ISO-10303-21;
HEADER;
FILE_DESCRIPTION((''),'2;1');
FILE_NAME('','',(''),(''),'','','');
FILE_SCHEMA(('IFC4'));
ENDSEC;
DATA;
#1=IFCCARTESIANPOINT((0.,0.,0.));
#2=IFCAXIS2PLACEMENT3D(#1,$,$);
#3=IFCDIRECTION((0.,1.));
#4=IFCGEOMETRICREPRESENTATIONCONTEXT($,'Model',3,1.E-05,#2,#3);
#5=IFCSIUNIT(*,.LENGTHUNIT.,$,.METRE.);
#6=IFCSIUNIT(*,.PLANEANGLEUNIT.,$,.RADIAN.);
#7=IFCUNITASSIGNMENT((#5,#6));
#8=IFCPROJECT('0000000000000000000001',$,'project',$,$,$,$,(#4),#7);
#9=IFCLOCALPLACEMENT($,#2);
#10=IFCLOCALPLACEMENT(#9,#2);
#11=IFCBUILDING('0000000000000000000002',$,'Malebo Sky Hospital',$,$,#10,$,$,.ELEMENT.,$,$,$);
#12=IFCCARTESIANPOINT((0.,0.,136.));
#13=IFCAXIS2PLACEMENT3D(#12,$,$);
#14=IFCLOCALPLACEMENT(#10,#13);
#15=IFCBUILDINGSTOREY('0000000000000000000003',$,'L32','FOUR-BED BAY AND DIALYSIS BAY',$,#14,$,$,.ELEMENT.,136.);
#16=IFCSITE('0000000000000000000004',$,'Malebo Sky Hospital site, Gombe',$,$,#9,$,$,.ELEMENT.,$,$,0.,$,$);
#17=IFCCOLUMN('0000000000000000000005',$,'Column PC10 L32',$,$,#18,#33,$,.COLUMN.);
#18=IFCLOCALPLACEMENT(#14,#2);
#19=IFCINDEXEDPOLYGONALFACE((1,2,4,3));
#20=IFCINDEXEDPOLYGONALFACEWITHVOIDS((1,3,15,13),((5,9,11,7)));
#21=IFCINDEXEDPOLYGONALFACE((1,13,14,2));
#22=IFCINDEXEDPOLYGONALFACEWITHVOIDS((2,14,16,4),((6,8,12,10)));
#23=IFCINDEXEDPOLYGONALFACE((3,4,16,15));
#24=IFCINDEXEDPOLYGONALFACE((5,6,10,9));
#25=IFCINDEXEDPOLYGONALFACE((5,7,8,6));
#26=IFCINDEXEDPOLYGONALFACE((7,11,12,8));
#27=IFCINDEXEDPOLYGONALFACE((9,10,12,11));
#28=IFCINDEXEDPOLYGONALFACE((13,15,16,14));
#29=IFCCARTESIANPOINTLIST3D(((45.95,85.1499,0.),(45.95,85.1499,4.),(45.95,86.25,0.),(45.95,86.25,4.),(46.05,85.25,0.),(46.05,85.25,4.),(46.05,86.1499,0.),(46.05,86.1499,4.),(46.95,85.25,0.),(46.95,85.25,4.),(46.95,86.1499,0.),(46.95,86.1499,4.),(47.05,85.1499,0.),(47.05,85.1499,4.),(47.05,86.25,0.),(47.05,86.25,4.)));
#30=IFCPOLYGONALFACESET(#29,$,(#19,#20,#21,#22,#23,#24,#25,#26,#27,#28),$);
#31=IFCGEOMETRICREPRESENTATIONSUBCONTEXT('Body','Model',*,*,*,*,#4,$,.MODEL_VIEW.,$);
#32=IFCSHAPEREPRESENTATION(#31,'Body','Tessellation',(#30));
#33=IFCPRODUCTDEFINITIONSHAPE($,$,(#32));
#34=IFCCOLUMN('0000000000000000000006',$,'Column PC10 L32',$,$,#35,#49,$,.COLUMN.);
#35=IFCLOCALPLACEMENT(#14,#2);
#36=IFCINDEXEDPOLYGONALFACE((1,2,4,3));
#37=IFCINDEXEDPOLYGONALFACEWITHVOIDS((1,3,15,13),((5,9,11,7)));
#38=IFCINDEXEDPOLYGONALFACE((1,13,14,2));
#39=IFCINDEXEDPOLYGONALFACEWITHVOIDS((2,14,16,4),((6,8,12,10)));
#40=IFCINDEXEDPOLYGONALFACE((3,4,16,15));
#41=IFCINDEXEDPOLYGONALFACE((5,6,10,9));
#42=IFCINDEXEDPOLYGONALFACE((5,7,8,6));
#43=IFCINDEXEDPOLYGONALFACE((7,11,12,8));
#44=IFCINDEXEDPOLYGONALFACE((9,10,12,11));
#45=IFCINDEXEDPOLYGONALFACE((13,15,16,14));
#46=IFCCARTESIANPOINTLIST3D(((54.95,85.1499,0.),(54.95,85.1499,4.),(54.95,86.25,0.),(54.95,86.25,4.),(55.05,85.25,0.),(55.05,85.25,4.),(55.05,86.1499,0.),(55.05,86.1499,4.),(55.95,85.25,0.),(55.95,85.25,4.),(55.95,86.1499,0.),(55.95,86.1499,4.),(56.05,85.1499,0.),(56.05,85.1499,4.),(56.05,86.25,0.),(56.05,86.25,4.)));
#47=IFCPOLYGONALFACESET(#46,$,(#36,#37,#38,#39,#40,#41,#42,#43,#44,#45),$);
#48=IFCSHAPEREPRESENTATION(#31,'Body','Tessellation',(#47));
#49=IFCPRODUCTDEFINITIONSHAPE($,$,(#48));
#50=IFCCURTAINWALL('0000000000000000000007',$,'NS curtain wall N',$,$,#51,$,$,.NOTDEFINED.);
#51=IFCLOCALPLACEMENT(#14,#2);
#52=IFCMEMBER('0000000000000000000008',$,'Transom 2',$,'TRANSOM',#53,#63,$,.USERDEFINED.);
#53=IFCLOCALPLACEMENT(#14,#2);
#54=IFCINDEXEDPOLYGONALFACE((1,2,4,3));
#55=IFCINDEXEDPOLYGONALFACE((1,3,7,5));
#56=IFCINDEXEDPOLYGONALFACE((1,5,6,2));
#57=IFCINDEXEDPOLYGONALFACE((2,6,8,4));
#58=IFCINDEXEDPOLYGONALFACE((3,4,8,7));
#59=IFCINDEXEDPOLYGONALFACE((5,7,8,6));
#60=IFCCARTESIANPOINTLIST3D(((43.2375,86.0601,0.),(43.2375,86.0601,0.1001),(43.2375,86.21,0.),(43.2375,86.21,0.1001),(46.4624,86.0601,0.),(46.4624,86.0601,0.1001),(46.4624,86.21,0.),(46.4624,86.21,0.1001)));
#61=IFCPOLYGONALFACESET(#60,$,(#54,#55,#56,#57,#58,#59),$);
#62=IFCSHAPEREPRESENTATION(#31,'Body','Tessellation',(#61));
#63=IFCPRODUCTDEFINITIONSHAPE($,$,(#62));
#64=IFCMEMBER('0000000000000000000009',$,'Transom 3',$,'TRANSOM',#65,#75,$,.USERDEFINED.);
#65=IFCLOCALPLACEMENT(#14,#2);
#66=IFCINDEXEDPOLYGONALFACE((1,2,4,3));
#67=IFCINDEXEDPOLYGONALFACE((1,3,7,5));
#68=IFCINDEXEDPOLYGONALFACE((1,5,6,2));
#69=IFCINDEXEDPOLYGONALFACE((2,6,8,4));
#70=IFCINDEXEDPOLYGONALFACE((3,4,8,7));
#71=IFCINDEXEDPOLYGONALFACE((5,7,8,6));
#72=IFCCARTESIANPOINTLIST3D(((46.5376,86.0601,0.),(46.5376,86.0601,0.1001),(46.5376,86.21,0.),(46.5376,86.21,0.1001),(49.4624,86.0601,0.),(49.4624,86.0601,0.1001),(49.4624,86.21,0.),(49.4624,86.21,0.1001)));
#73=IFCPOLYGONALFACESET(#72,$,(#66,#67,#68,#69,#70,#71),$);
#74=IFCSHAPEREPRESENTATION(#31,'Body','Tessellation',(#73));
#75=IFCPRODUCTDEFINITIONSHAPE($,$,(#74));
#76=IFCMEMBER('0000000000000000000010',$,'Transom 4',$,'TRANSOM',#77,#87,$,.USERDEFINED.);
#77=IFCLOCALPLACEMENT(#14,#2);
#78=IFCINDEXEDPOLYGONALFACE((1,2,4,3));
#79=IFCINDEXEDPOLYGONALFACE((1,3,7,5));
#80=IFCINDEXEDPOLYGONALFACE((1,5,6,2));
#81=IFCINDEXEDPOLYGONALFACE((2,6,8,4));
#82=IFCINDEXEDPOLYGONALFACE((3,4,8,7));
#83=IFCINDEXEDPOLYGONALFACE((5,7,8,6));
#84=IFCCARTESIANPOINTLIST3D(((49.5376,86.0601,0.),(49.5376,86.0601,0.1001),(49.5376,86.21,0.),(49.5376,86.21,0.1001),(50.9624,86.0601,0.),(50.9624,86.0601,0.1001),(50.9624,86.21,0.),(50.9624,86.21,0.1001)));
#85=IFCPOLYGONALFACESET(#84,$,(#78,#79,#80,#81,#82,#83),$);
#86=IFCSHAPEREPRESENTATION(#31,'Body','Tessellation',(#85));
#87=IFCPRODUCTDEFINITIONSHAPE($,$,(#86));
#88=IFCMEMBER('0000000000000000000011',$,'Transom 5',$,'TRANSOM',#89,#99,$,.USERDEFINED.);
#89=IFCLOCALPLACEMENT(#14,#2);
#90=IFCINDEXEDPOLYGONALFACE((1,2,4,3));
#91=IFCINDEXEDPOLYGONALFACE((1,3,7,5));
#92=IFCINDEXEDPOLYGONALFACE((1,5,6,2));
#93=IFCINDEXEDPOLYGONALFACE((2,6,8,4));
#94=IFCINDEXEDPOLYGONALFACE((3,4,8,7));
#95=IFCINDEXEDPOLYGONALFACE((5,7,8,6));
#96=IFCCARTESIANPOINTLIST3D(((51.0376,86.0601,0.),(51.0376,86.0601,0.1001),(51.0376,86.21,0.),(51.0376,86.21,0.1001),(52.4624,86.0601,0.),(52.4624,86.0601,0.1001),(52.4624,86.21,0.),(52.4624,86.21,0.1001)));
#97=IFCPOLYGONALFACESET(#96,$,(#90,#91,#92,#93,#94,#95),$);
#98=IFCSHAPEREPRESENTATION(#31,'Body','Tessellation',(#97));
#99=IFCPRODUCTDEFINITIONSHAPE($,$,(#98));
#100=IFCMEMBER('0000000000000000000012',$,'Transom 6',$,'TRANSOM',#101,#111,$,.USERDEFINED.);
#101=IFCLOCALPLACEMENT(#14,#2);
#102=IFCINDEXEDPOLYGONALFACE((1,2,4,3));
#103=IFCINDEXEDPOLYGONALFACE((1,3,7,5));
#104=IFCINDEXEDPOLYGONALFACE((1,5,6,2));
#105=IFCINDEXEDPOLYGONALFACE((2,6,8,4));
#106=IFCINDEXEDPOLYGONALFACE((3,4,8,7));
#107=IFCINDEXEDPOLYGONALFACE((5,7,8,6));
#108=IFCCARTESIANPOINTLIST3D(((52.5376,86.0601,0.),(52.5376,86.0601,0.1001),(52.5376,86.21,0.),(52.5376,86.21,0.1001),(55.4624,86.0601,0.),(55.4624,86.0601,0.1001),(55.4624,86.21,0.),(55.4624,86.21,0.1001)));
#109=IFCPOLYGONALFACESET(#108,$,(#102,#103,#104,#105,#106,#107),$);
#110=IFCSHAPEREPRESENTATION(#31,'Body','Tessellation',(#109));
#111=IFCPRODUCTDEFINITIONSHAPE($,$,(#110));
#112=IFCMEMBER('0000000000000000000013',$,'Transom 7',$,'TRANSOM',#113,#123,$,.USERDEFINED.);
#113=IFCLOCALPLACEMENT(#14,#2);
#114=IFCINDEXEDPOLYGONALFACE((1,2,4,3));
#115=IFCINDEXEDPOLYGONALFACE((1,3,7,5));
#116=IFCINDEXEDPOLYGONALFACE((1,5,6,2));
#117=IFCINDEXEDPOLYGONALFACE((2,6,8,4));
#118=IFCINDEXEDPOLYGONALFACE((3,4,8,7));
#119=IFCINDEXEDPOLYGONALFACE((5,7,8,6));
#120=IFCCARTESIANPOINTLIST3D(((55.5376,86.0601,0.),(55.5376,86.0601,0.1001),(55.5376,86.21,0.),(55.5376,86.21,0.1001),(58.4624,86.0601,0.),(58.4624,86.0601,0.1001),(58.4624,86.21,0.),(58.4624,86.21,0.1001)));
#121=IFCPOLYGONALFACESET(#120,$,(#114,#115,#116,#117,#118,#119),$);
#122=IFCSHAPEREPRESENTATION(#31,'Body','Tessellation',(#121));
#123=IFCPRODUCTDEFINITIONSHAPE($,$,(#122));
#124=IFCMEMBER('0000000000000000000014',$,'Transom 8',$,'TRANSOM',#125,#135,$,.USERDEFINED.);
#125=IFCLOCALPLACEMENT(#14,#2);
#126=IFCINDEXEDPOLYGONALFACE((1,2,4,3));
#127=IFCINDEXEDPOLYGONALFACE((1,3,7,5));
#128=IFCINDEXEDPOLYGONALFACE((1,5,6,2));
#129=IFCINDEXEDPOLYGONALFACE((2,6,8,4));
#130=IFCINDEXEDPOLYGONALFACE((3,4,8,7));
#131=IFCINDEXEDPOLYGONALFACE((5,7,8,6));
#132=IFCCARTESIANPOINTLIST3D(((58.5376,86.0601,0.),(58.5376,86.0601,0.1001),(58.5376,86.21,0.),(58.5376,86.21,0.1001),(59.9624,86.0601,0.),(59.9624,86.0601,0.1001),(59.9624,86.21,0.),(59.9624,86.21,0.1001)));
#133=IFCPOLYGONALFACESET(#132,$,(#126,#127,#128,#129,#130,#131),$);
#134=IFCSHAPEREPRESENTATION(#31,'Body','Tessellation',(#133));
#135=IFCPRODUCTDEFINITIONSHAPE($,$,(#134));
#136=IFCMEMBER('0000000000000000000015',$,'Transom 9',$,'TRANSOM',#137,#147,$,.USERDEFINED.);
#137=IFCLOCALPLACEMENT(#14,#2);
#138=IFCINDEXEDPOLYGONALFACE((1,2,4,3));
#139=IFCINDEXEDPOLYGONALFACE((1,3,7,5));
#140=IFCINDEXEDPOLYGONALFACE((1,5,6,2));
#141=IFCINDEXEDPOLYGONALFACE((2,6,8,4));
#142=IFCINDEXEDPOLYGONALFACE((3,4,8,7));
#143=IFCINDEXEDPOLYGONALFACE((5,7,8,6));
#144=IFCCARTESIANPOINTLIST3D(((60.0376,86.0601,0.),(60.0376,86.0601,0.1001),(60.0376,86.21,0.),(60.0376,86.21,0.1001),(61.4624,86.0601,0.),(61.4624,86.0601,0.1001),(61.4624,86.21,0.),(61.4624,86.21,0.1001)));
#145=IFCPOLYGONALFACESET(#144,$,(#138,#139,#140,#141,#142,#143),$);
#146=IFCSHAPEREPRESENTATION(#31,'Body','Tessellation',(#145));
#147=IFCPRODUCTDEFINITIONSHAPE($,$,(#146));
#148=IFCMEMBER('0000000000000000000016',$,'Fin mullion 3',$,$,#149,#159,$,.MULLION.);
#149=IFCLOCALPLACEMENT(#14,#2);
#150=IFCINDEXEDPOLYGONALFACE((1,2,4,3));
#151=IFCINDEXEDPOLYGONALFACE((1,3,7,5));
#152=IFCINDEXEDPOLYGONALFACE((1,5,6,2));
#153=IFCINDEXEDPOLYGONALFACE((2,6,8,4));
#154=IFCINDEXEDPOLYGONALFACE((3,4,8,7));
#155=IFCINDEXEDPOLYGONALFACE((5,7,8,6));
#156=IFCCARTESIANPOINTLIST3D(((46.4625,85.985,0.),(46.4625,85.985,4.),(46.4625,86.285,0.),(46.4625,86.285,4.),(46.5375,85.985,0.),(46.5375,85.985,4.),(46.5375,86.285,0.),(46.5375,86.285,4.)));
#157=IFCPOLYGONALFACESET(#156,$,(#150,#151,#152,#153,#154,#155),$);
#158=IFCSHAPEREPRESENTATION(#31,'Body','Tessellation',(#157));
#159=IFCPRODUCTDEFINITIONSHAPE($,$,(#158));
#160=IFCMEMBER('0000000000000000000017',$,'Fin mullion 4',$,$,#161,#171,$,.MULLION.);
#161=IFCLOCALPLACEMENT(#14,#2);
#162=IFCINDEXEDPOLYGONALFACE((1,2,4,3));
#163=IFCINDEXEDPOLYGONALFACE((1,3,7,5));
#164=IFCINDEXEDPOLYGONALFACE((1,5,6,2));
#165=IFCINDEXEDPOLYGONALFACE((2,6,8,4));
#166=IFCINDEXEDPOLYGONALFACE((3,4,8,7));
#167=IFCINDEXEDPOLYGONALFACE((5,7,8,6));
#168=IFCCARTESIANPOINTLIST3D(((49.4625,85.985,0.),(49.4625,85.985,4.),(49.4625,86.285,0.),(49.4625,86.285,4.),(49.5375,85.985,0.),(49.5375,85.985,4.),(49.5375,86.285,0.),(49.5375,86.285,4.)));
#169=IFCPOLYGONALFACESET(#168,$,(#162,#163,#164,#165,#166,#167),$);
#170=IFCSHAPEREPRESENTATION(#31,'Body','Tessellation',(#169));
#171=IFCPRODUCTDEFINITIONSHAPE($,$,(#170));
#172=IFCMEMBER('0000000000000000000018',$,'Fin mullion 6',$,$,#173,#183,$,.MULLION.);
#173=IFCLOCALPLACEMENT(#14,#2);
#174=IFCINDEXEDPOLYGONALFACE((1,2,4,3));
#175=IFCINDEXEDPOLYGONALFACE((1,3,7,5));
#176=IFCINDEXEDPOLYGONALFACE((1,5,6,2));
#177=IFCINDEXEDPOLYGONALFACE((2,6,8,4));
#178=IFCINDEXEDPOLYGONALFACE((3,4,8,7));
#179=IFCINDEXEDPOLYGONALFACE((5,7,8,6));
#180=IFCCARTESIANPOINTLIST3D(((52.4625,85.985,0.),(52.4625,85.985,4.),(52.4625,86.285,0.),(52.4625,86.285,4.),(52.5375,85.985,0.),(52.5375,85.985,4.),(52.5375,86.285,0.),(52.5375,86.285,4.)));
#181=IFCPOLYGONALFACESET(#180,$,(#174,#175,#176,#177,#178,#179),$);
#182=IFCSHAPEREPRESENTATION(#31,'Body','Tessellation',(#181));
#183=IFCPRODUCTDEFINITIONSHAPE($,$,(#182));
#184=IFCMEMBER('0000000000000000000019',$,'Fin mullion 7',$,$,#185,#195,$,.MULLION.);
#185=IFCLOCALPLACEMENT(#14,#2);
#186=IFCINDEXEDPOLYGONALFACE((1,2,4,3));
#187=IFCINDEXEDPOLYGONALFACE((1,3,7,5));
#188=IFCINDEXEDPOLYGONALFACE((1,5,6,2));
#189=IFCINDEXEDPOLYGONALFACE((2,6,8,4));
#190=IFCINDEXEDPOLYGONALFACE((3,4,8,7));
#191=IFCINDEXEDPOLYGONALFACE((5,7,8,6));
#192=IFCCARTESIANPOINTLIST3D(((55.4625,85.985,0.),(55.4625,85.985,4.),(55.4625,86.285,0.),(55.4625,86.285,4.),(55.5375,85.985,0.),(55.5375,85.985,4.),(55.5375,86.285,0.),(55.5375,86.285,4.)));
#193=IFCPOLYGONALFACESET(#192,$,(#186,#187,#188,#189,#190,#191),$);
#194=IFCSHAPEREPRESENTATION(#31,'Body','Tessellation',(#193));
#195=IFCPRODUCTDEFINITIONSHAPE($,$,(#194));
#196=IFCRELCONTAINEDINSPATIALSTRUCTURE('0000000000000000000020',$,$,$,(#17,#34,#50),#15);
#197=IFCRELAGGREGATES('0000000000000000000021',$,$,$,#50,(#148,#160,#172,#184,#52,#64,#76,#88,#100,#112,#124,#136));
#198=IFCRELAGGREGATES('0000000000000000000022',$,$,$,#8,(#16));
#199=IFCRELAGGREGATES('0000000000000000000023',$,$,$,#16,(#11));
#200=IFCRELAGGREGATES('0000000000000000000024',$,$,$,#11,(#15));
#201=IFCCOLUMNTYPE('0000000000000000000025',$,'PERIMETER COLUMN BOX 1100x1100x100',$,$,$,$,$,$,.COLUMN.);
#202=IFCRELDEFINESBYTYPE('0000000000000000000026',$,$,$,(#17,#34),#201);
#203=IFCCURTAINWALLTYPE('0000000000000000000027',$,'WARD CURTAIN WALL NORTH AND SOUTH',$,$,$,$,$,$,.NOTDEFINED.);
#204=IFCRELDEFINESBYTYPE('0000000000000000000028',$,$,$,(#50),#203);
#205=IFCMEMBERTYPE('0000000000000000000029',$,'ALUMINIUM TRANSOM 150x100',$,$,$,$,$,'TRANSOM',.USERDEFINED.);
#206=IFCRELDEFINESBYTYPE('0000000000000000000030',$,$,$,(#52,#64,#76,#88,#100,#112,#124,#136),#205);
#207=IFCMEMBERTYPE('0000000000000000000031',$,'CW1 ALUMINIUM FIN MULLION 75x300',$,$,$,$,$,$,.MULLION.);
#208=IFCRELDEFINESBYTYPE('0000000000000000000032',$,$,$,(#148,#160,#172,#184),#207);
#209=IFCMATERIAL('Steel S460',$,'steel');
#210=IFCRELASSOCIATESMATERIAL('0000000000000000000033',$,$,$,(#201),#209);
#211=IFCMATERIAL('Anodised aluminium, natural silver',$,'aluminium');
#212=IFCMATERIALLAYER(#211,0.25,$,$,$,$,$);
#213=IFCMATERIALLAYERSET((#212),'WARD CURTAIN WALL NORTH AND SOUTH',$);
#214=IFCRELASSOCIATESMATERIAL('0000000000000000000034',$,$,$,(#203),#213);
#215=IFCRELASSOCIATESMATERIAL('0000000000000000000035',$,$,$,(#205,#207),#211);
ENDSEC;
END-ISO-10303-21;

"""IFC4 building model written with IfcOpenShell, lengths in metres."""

from ifc_helpers import new_model, si_unit, direction, frame, origin, origin_2d, place, context, subcontext, project, spatial, rectangle, hollow_rectangle, extrude, material, layer, layer_set, material_profile, profile_set, type_object, element, aggregate, save


model = new_model("IFC4")

# Units and contexts
model_context = context("Model", 3, precision=1e-05, world=origin(), true_north=direction((0.0, 1.0)))
body_context = subcontext(model_context, "Body", "Model", "MODEL_VIEW")
ifc_project = project(units=[si_unit("LENGTHUNIT", "METRE"), si_unit("PLANEANGLEUNIT", "RADIAN")], contexts=[model_context])

# Site, building, storey
site_placement = place(None, origin())
site = spatial("IfcSite", under=ifc_project, at=site_placement, Name="Malebo Sky Hospital site, Gombe", CompositionType="ELEMENT", RefElevation=0.0)
building_placement = place(site_placement, origin())
building = spatial("IfcBuilding", under=site, at=building_placement, Name="Malebo Sky Hospital", CompositionType="ELEMENT")
storey_placement = place(building_placement, frame((0.0, 0.0, 136.0)))
storey = spatial("IfcBuildingStorey", under=building, at=storey_placement, Name="L32", Description="FOUR-BED BAY AND DIALYSIS BAY", CompositionType="ELEMENT", Elevation=136.0)

# Columns
ifc_material_1 = material(Name="Steel S460", Category="steel")
ifc_material_profile_1 = material_profile(ifc_material_1, hollow_rectangle(XDim=1.1001, YDim=1.1001, WallThickness=0.1001, at=origin_2d()), Name="BOX 1100x1100x100")
ifc_profile_set_1 = profile_set([ifc_material_profile_1], Name="Steel S460")
column_type = type_object("IfcColumnType", Name="PERIMETER COLUMN BOX 1100x1100x100", PredefinedType="COLUMN", material=ifc_profile_set_1)
for number, where, z_axis, x_axis, name in (
    (1, (46.5, 85.7, 0.0), (0.0, 0.0, 1.0), (1.0, 0.0, 0.0), "Column PC10 L32"),
    (2, (55.5, 85.7, 0.0), (0.0, 0.0, 1.0), (1.0, 0.0, 0.0), "Column PC10 L32"),
):
    element("IfcColumn", number, at=place(storey_placement, frame(where, z_axis=z_axis, x_axis=x_axis)), inside=storey, type_object=column_type, Name=name, PredefinedType="COLUMN", context=body_context, shape_type="SweptSolid", body=[
        extrude(hollow_rectangle(XDim=1.1001, YDim=1.1001, WallThickness=0.1001, at=origin_2d()), origin(), (0.0, 0.0, 1.0), 4.0),
    ])

# Curtain wall, members
ifc_material_2 = material(Name="Anodised aluminium, natural silver", Category="aluminium")
ifc_layer_1 = layer(ifc_material_2, 0.25)
ifc_layer_set_1 = layer_set([ifc_layer_1], Name="WARD CURTAIN WALL NORTH AND SOUTH")
curtain_wall_type = type_object("IfcCurtainWallType", Name="WARD CURTAIN WALL NORTH AND SOUTH", PredefinedType="NOTDEFINED", material=ifc_layer_set_1)
curtain_wall_placement = place(storey_placement, origin())
curtain_wall = element("IfcCurtainWall", 3, at=curtain_wall_placement, inside=storey, type_object=curtain_wall_type, Name="NS curtain wall N", PredefinedType="NOTDEFINED")
ifc_material_profile_2 = material_profile(ifc_material_2, rectangle(XDim=0.1499, YDim=0.1001, at=origin_2d()), Name="ALUMINIUM TRANSOM 150x100")
ifc_profile_set_2 = profile_set([ifc_material_profile_2], Name="Anodised aluminium, natural silver")
member_type_1 = type_object("IfcMemberType", Name="ALUMINIUM TRANSOM 150x100", ElementType="TRANSOM", PredefinedType="USERDEFINED", material=ifc_profile_set_2)
member_1_placement = place(storey_placement, frame((43.2375, 86.135, 0.05), z_axis=(1.0, 0.0, 0.0), x_axis=(0.0, 1.0, 0.0)))
member_1 = element("IfcMember", 4, at=member_1_placement, type_object=member_type_1, Name="Transom 2", ObjectType="TRANSOM", PredefinedType="USERDEFINED", context=body_context, shape_type="SweptSolid", body=[
    extrude(rectangle(XDim=0.1499, YDim=0.1001, at=origin_2d()), origin(), (0.0, 0.0, 1.0), 3.2249),
])
member_2_placement = place(storey_placement, frame((46.5376, 86.135, 0.05), z_axis=(1.0, 0.0, 0.0), x_axis=(0.0, 1.0, 0.0)))
member_2 = element("IfcMember", 5, at=member_2_placement, type_object=member_type_1, Name="Transom 3", ObjectType="TRANSOM", PredefinedType="USERDEFINED", context=body_context, shape_type="SweptSolid", body=[
    extrude(rectangle(XDim=0.1499, YDim=0.1001, at=origin_2d()), origin(), (0.0, 0.0, 1.0), 2.9248),
])
member_3_placement = place(storey_placement, frame((49.5376, 86.135, 0.05), z_axis=(1.0, 0.0, 0.0), x_axis=(0.0, 1.0, 0.0)))
member_3 = element("IfcMember", 6, at=member_3_placement, type_object=member_type_1, Name="Transom 4", ObjectType="TRANSOM", PredefinedType="USERDEFINED", context=body_context, shape_type="SweptSolid", body=[
    extrude(rectangle(XDim=0.1499, YDim=0.1001, at=origin_2d()), origin(), (0.0, 0.0, 1.0), 1.4248),
])
member_4_placement = place(storey_placement, frame((51.0376, 86.135, 0.05), z_axis=(1.0, 0.0, 0.0), x_axis=(0.0, 1.0, 0.0)))
member_4 = element("IfcMember", 7, at=member_4_placement, type_object=member_type_1, Name="Transom 5", ObjectType="TRANSOM", PredefinedType="USERDEFINED", context=body_context, shape_type="SweptSolid", body=[
    extrude(rectangle(XDim=0.1499, YDim=0.1001, at=origin_2d()), origin(), (0.0, 0.0, 1.0), 1.4248),
])
member_5_placement = place(storey_placement, frame((52.5376, 86.135, 0.05), z_axis=(1.0, 0.0, 0.0), x_axis=(0.0, 1.0, 0.0)))
member_5 = element("IfcMember", 8, at=member_5_placement, type_object=member_type_1, Name="Transom 6", ObjectType="TRANSOM", PredefinedType="USERDEFINED", context=body_context, shape_type="SweptSolid", body=[
    extrude(rectangle(XDim=0.1499, YDim=0.1001, at=origin_2d()), origin(), (0.0, 0.0, 1.0), 2.9248),
])
member_6_placement = place(storey_placement, frame((55.5376, 86.135, 0.05), z_axis=(1.0, 0.0, 0.0), x_axis=(0.0, 1.0, 0.0)))
member_6 = element("IfcMember", 9, at=member_6_placement, type_object=member_type_1, Name="Transom 7", ObjectType="TRANSOM", PredefinedType="USERDEFINED", context=body_context, shape_type="SweptSolid", body=[
    extrude(rectangle(XDim=0.1499, YDim=0.1001, at=origin_2d()), origin(), (0.0, 0.0, 1.0), 2.9248),
])
member_7_placement = place(storey_placement, frame((58.5376, 86.135, 0.05), z_axis=(1.0, 0.0, 0.0), x_axis=(0.0, 1.0, 0.0)))
member_7 = element("IfcMember", 10, at=member_7_placement, type_object=member_type_1, Name="Transom 8", ObjectType="TRANSOM", PredefinedType="USERDEFINED", context=body_context, shape_type="SweptSolid", body=[
    extrude(rectangle(XDim=0.1499, YDim=0.1001, at=origin_2d()), origin(), (0.0, 0.0, 1.0), 1.4248),
])
member_8_placement = place(storey_placement, frame((60.0376, 86.135, 0.05), z_axis=(1.0, 0.0, 0.0), x_axis=(0.0, 1.0, 0.0)))
member_8 = element("IfcMember", 11, at=member_8_placement, type_object=member_type_1, Name="Transom 9", ObjectType="TRANSOM", PredefinedType="USERDEFINED", context=body_context, shape_type="SweptSolid", body=[
    extrude(rectangle(XDim=0.1499, YDim=0.1001, at=origin_2d()), origin(), (0.0, 0.0, 1.0), 1.4248),
])
ifc_material_profile_3 = material_profile(ifc_material_2, rectangle(XDim=0.075, YDim=0.3, at=origin_2d()), Name="CW1 ALUMINIUM FIN MULLION 75x300")
ifc_profile_set_3 = profile_set([ifc_material_profile_3], Name="Anodised aluminium, natural silver")
member_type_2 = type_object("IfcMemberType", Name="CW1 ALUMINIUM FIN MULLION 75x300", PredefinedType="MULLION", material=ifc_profile_set_3)
member_9_placement = place(storey_placement, frame((46.5, 86.135, 0.0), z_axis=(0.0, 0.0, 1.0), x_axis=(1.0, 0.0, 0.0)))
member_9 = element("IfcMember", 12, at=member_9_placement, type_object=member_type_2, Name="Fin mullion 3", PredefinedType="MULLION", context=body_context, shape_type="SweptSolid", body=[
    extrude(rectangle(XDim=0.075, YDim=0.3, at=origin_2d()), origin(), (0.0, 0.0, 1.0), 4.0),
])
member_10_placement = place(storey_placement, frame((49.5, 86.135, 0.0), z_axis=(0.0, 0.0, 1.0), x_axis=(1.0, 0.0, 0.0)))
member_10 = element("IfcMember", 13, at=member_10_placement, type_object=member_type_2, Name="Fin mullion 4", PredefinedType="MULLION", context=body_context, shape_type="SweptSolid", body=[
    extrude(rectangle(XDim=0.075, YDim=0.3, at=origin_2d()), origin(), (0.0, 0.0, 1.0), 4.0),
])
member_11_placement = place(storey_placement, frame((52.5, 86.135, 0.0), z_axis=(0.0, 0.0, 1.0), x_axis=(1.0, 0.0, 0.0)))
member_11 = element("IfcMember", 14, at=member_11_placement, type_object=member_type_2, Name="Fin mullion 6", PredefinedType="MULLION", context=body_context, shape_type="SweptSolid", body=[
    extrude(rectangle(XDim=0.075, YDim=0.3, at=origin_2d()), origin(), (0.0, 0.0, 1.0), 4.0),
])
member_12_placement = place(storey_placement, frame((55.5, 86.135, 0.0), z_axis=(0.0, 0.0, 1.0), x_axis=(1.0, 0.0, 0.0)))
member_12 = element("IfcMember", 15, at=member_12_placement, type_object=member_type_2, Name="Fin mullion 7", PredefinedType="MULLION", context=body_context, shape_type="SweptSolid", body=[
    extrude(rectangle(XDim=0.075, YDim=0.3, at=origin_2d()), origin(), (0.0, 0.0, 1.0), 4.0),
])

aggregate(curtain_wall, [member_9, member_10, member_11, member_12, member_1, member_2, member_3, member_4, member_5, member_6, member_7, member_8])

save(model, "model.ifc")
